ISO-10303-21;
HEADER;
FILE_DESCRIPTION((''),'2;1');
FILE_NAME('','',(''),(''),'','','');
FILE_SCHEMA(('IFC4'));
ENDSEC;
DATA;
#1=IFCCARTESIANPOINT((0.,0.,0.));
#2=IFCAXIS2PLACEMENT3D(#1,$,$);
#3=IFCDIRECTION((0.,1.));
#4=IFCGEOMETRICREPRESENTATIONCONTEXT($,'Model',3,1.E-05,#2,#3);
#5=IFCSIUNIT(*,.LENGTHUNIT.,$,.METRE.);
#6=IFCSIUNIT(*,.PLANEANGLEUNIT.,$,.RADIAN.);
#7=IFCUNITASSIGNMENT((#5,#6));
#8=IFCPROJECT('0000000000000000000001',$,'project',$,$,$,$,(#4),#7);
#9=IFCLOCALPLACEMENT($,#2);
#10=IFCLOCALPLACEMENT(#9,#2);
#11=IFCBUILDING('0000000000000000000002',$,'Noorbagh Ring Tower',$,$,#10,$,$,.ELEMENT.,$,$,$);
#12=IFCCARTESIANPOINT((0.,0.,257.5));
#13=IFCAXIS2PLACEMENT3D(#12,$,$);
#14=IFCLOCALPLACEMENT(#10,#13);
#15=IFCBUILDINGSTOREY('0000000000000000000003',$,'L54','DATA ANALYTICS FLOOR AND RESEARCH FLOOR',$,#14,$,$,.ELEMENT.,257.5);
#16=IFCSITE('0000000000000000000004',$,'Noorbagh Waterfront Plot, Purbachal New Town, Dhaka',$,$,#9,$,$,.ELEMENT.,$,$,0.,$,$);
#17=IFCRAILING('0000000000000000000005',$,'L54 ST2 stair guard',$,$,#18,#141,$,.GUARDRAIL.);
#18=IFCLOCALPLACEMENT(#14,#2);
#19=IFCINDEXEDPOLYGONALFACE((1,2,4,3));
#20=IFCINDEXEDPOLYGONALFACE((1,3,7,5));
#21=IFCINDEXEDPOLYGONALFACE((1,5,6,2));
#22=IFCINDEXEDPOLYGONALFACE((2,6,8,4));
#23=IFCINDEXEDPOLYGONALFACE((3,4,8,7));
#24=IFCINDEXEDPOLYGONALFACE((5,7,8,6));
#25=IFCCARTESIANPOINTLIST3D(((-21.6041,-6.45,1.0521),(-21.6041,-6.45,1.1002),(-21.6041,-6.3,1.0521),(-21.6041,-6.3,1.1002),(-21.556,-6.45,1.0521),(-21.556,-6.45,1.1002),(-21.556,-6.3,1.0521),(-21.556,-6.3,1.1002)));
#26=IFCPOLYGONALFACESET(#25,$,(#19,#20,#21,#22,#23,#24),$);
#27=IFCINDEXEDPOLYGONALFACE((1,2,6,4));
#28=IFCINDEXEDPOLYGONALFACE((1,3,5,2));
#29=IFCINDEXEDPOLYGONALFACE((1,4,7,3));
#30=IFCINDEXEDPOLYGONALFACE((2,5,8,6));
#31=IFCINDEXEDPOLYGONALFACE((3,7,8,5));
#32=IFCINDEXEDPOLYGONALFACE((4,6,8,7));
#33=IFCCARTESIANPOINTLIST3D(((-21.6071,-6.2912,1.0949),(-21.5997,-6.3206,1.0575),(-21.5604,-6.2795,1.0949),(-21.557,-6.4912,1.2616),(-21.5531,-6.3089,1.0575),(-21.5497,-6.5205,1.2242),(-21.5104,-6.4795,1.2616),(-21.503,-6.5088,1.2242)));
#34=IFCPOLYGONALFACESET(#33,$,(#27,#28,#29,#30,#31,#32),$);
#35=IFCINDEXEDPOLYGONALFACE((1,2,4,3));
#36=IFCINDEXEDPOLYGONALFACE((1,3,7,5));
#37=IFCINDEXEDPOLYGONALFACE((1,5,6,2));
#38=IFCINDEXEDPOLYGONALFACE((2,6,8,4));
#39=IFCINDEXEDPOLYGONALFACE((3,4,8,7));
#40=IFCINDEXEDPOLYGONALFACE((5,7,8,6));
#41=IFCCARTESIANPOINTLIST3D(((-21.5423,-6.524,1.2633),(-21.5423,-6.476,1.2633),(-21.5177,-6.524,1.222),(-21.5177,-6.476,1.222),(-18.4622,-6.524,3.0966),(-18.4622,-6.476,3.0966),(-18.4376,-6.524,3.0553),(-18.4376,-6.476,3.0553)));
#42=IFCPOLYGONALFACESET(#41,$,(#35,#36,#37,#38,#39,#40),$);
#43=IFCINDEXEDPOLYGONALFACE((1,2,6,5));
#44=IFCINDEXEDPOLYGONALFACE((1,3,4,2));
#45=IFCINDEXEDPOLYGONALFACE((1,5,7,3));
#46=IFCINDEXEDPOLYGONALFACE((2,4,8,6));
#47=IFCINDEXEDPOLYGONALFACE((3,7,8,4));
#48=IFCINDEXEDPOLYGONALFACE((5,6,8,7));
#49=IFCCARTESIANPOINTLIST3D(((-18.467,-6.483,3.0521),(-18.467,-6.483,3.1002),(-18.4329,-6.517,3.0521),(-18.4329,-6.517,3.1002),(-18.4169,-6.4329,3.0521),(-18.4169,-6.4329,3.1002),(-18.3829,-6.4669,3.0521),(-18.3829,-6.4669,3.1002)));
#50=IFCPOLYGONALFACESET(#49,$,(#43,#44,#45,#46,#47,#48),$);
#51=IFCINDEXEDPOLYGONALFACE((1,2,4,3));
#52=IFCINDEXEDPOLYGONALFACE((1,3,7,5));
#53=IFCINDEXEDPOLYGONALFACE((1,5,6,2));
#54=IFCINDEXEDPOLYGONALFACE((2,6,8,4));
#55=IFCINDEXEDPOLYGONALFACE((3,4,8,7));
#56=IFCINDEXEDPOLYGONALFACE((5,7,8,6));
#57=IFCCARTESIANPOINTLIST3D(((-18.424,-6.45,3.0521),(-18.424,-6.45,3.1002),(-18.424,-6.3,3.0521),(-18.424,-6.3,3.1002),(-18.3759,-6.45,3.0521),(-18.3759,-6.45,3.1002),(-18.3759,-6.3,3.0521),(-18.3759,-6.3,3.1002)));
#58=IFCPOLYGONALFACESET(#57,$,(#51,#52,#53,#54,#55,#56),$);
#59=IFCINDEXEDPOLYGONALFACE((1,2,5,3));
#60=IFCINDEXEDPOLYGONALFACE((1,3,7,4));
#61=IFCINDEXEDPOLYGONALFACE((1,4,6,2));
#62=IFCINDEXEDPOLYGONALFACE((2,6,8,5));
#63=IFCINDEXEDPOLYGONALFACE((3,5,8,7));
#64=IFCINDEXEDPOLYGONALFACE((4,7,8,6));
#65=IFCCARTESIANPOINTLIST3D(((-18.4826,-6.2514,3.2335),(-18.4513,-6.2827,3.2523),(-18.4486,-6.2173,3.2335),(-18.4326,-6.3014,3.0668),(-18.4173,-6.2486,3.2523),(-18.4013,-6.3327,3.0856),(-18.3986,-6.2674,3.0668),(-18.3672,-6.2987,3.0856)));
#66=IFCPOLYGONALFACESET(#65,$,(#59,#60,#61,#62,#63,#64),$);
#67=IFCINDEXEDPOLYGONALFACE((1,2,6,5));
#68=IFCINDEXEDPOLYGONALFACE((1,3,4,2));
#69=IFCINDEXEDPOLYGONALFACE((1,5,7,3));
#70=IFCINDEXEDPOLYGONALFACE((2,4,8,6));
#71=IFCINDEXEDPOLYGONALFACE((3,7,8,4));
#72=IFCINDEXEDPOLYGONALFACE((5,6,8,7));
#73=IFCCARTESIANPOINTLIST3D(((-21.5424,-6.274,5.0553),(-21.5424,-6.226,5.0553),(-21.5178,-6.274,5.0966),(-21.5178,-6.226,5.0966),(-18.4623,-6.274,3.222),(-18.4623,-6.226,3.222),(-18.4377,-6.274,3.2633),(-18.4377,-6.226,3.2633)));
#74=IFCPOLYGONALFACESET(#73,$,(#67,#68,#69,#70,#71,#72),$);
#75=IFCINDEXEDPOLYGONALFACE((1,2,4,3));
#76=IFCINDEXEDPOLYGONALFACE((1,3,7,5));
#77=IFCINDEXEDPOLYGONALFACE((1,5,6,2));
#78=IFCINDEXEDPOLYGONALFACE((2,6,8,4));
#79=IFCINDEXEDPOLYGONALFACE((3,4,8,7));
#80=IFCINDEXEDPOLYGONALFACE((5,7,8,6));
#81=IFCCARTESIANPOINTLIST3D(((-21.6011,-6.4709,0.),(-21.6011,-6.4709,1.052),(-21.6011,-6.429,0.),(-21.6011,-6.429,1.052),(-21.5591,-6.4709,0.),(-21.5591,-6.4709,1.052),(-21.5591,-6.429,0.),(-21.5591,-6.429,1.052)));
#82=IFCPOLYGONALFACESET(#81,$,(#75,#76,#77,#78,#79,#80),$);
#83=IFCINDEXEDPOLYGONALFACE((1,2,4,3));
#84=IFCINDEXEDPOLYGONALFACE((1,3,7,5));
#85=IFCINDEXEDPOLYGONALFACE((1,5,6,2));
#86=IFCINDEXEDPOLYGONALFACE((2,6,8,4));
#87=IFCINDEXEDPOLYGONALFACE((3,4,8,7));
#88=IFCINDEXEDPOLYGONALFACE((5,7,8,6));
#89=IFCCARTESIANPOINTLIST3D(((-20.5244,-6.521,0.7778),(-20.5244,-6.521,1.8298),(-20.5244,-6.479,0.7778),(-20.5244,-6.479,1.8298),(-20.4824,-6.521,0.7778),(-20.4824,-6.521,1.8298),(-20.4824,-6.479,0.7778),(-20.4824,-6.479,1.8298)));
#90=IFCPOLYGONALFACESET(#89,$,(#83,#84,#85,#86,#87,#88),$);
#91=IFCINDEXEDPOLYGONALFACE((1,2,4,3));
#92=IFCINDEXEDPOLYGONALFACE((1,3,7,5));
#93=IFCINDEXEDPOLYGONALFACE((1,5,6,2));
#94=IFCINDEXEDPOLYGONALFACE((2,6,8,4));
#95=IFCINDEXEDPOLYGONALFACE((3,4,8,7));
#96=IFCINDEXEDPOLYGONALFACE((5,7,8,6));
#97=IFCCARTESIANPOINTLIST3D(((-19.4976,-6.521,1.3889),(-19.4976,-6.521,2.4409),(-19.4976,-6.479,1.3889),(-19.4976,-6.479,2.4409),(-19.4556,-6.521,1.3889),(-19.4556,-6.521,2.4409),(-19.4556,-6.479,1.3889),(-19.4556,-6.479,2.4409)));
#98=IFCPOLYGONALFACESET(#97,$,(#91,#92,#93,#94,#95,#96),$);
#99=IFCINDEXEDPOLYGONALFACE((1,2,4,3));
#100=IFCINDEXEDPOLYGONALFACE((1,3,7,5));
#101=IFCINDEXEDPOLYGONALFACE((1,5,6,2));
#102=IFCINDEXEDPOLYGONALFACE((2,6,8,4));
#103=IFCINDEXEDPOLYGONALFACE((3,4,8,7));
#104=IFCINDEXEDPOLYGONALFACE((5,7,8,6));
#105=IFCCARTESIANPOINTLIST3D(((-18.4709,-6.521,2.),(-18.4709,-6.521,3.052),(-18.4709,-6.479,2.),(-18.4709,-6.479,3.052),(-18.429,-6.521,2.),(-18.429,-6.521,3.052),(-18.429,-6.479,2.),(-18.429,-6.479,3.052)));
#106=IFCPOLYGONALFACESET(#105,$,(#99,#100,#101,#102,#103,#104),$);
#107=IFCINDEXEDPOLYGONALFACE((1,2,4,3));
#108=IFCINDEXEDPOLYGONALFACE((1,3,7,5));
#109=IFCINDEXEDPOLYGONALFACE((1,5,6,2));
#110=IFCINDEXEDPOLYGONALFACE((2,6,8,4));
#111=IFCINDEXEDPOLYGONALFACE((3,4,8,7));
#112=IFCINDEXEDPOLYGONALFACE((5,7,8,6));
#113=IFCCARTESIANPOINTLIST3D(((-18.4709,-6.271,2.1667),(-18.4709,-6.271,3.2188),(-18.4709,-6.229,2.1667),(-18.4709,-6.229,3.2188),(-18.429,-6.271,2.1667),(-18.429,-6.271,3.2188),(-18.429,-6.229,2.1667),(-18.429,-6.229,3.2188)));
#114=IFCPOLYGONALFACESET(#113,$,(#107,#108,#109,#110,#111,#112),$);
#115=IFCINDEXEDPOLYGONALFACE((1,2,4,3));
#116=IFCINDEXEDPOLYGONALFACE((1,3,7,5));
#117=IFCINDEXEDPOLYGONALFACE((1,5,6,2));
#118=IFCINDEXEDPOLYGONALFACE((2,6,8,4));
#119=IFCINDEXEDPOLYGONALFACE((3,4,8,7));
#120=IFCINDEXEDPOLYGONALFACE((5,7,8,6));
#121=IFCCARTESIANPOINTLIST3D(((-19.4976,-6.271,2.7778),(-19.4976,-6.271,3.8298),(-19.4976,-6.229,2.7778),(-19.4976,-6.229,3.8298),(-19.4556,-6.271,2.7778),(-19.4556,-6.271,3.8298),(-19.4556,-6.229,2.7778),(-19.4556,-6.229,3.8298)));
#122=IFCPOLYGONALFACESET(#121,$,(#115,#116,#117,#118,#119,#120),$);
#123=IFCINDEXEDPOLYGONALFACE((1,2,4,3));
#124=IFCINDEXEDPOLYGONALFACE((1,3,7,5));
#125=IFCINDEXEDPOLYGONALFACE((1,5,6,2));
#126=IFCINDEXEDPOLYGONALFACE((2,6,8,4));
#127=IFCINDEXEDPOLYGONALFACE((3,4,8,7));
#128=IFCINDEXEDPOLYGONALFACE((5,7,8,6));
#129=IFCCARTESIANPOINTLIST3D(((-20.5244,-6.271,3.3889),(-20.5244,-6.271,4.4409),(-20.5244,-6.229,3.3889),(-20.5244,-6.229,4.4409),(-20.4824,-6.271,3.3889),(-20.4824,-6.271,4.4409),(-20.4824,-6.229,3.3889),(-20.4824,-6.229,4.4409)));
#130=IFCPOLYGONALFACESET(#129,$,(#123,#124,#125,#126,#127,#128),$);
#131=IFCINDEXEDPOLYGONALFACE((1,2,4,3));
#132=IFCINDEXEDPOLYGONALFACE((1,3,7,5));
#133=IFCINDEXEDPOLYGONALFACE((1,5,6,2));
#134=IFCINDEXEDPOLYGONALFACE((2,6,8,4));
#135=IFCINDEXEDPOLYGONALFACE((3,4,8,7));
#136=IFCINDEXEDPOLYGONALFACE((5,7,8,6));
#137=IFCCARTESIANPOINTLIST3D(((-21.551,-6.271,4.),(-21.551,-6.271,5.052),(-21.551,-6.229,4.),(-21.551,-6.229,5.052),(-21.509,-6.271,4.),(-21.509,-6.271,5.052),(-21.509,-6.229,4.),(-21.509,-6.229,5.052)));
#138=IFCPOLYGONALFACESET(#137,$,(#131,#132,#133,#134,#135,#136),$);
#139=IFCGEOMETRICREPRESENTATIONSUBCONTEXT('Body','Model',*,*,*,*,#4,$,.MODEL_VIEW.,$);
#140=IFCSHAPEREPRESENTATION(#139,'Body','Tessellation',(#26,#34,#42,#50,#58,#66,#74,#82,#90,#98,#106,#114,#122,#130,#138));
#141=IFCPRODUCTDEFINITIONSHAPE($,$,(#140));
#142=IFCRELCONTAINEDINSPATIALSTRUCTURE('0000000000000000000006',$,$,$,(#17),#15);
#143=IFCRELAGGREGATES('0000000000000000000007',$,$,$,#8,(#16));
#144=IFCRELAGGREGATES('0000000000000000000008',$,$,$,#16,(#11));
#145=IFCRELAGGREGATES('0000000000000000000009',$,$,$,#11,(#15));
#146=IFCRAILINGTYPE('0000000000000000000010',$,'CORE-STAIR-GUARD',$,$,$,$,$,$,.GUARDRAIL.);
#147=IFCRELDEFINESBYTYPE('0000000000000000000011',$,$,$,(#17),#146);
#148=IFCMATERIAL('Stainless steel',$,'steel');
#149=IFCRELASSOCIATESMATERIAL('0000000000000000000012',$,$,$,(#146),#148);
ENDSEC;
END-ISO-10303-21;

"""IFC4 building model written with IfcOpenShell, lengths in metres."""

from ifc_helpers import new_model, si_unit, direction, frame, origin, origin_2d, place, context, subcontext, project, spatial, rectangle, extrude, material, type_object, element, save


model = new_model("IFC4")

# Units and contexts
model_context = context("Model", 3, precision=1e-05, world=origin(), true_north=direction((0.0, 1.0)))
body_context = subcontext(model_context, "Body", "Model", "MODEL_VIEW")
ifc_project = project(units=[si_unit("LENGTHUNIT", "METRE"), si_unit("PLANEANGLEUNIT", "RADIAN")], contexts=[model_context])

# Site, building, storey
site_placement = place(None, origin())
site = spatial("IfcSite", under=ifc_project, at=site_placement, Name="Noorbagh Waterfront Plot, Purbachal New Town, Dhaka", CompositionType="ELEMENT", RefElevation=0.0)
building_placement = place(site_placement, origin())
building = spatial("IfcBuilding", under=site, at=building_placement, Name="Noorbagh Ring Tower", CompositionType="ELEMENT")
storey_placement = place(building_placement, frame((0.0, 0.0, 257.5)))
storey = spatial("IfcBuildingStorey", under=building, at=storey_placement, Name="L54", Description="DATA ANALYTICS FLOOR AND RESEARCH FLOOR", CompositionType="ELEMENT", Elevation=257.5)

# Railing
ifc_material_1 = material(Name="Stainless steel", Category="steel")
railing_type_1 = type_object("IfcRailingType", Name="CORE-STAIR-GUARD", PredefinedType="GUARDRAIL", material=ifc_material_1)
railing_1_placement = place(storey_placement, frame((-21.5801, -6.45, 0.0)))
element("IfcRailing", 1, at=railing_1_placement, inside=storey, type_object=railing_type_1, Name="L54 ST2 stair guard", PredefinedType="GUARDRAIL", context=body_context, shape_type="SweptSolid", body=[
    extrude(rectangle(XDim=0.0481, YDim=0.0481, at=origin_2d()), frame((0.0, 0.0, 1.0762), z_axis=(0.0, 1.0, 0.0), x_axis=(-1.0, 0.0, 0.0)), (0.0, 0.0, 1.0), 0.1499),
    extrude(rectangle(XDim=0.0481, YDim=0.0481, at=origin_2d()), frame((0.0, 0.1499, 1.0762), z_axis=(0.188776, -0.754182, 0.628946), x_axis=(0.970073, 0.242814, 0.0)), (0.0, 0.0, 1.0), 0.2651),
    extrude(rectangle(XDim=0.0481, YDim=0.0481, at=origin_2d()), frame((0.05, -0.05, 1.2427), z_axis=(0.859309, 0.0, 0.511458), x_axis=(0.0, 1.0, 0.0)), (0.0, 0.0, 1.0), 3.5845),
    extrude(rectangle(XDim=0.0481, YDim=0.0481, at=origin_2d()), frame((3.1301, -0.05, 3.0762), z_axis=(0.707107, 0.707107, 0.0), x_axis=(-0.707107, 0.707107, 0.0)), (0.0, 0.0, 1.0), 0.0708),
    extrude(rectangle(XDim=0.0481, YDim=0.0481, at=origin_2d()), frame((3.1802, 0.0, 3.0762), z_axis=(0.0, 1.0, 0.0), x_axis=(-1.0, 0.0, 0.0)), (0.0, 0.0, 1.0), 0.1499),
    extrude(rectangle(XDim=0.0481, YDim=0.0481, at=origin_2d()), frame((3.1802, 0.1499, 3.0762), z_axis=(-0.276287, 0.276287, 0.920506), x_axis=(-0.707107, -0.707107, 0.0)), (0.0, 0.0, 1.0), 0.1812),
    extrude(rectangle(XDim=0.0481, YDim=0.0481, at=origin_2d()), frame((3.1301, 0.2, 3.2427), z_axis=(-0.859309, 0.0, 0.511458), x_axis=(0.0, -1.0, 0.0)), (0.0, 0.0, 1.0), 3.5845),
    extrude(rectangle(XDim=0.042, YDim=0.042, at=origin_2d()), origin(), (0.0, 0.0, 1.0), 1.052),
    extrude(rectangle(XDim=0.042, YDim=0.042, at=origin_2d()), frame((1.0767, -0.05, 0.7778)), (0.0, 0.0, 1.0), 1.052),
    extrude(rectangle(XDim=0.042, YDim=0.042, at=origin_2d()), frame((2.1035, -0.05, 1.3889)), (0.0, 0.0, 1.0), 1.052),
    extrude(rectangle(XDim=0.042, YDim=0.042, at=origin_2d()), frame((3.1301, -0.05, 2.0)), (0.0, 0.0, 1.0), 1.052),
    extrude(rectangle(XDim=0.042, YDim=0.042, at=origin_2d()), frame((3.1301, 0.2, 2.1667)), (0.0, 0.0, 1.0), 1.052),
    extrude(rectangle(XDim=0.042, YDim=0.042, at=origin_2d()), frame((2.1035, 0.2, 2.7778)), (0.0, 0.0, 1.0), 1.052),
    extrude(rectangle(XDim=0.042, YDim=0.042, at=origin_2d()), frame((1.0767, 0.2, 3.3889)), (0.0, 0.0, 1.0), 1.052),
    extrude(rectangle(XDim=0.042, YDim=0.042, at=origin_2d()), frame((0.05, 0.2, 4.0)), (0.0, 0.0, 1.0), 1.052),
])

save(model, "model.ifc")
